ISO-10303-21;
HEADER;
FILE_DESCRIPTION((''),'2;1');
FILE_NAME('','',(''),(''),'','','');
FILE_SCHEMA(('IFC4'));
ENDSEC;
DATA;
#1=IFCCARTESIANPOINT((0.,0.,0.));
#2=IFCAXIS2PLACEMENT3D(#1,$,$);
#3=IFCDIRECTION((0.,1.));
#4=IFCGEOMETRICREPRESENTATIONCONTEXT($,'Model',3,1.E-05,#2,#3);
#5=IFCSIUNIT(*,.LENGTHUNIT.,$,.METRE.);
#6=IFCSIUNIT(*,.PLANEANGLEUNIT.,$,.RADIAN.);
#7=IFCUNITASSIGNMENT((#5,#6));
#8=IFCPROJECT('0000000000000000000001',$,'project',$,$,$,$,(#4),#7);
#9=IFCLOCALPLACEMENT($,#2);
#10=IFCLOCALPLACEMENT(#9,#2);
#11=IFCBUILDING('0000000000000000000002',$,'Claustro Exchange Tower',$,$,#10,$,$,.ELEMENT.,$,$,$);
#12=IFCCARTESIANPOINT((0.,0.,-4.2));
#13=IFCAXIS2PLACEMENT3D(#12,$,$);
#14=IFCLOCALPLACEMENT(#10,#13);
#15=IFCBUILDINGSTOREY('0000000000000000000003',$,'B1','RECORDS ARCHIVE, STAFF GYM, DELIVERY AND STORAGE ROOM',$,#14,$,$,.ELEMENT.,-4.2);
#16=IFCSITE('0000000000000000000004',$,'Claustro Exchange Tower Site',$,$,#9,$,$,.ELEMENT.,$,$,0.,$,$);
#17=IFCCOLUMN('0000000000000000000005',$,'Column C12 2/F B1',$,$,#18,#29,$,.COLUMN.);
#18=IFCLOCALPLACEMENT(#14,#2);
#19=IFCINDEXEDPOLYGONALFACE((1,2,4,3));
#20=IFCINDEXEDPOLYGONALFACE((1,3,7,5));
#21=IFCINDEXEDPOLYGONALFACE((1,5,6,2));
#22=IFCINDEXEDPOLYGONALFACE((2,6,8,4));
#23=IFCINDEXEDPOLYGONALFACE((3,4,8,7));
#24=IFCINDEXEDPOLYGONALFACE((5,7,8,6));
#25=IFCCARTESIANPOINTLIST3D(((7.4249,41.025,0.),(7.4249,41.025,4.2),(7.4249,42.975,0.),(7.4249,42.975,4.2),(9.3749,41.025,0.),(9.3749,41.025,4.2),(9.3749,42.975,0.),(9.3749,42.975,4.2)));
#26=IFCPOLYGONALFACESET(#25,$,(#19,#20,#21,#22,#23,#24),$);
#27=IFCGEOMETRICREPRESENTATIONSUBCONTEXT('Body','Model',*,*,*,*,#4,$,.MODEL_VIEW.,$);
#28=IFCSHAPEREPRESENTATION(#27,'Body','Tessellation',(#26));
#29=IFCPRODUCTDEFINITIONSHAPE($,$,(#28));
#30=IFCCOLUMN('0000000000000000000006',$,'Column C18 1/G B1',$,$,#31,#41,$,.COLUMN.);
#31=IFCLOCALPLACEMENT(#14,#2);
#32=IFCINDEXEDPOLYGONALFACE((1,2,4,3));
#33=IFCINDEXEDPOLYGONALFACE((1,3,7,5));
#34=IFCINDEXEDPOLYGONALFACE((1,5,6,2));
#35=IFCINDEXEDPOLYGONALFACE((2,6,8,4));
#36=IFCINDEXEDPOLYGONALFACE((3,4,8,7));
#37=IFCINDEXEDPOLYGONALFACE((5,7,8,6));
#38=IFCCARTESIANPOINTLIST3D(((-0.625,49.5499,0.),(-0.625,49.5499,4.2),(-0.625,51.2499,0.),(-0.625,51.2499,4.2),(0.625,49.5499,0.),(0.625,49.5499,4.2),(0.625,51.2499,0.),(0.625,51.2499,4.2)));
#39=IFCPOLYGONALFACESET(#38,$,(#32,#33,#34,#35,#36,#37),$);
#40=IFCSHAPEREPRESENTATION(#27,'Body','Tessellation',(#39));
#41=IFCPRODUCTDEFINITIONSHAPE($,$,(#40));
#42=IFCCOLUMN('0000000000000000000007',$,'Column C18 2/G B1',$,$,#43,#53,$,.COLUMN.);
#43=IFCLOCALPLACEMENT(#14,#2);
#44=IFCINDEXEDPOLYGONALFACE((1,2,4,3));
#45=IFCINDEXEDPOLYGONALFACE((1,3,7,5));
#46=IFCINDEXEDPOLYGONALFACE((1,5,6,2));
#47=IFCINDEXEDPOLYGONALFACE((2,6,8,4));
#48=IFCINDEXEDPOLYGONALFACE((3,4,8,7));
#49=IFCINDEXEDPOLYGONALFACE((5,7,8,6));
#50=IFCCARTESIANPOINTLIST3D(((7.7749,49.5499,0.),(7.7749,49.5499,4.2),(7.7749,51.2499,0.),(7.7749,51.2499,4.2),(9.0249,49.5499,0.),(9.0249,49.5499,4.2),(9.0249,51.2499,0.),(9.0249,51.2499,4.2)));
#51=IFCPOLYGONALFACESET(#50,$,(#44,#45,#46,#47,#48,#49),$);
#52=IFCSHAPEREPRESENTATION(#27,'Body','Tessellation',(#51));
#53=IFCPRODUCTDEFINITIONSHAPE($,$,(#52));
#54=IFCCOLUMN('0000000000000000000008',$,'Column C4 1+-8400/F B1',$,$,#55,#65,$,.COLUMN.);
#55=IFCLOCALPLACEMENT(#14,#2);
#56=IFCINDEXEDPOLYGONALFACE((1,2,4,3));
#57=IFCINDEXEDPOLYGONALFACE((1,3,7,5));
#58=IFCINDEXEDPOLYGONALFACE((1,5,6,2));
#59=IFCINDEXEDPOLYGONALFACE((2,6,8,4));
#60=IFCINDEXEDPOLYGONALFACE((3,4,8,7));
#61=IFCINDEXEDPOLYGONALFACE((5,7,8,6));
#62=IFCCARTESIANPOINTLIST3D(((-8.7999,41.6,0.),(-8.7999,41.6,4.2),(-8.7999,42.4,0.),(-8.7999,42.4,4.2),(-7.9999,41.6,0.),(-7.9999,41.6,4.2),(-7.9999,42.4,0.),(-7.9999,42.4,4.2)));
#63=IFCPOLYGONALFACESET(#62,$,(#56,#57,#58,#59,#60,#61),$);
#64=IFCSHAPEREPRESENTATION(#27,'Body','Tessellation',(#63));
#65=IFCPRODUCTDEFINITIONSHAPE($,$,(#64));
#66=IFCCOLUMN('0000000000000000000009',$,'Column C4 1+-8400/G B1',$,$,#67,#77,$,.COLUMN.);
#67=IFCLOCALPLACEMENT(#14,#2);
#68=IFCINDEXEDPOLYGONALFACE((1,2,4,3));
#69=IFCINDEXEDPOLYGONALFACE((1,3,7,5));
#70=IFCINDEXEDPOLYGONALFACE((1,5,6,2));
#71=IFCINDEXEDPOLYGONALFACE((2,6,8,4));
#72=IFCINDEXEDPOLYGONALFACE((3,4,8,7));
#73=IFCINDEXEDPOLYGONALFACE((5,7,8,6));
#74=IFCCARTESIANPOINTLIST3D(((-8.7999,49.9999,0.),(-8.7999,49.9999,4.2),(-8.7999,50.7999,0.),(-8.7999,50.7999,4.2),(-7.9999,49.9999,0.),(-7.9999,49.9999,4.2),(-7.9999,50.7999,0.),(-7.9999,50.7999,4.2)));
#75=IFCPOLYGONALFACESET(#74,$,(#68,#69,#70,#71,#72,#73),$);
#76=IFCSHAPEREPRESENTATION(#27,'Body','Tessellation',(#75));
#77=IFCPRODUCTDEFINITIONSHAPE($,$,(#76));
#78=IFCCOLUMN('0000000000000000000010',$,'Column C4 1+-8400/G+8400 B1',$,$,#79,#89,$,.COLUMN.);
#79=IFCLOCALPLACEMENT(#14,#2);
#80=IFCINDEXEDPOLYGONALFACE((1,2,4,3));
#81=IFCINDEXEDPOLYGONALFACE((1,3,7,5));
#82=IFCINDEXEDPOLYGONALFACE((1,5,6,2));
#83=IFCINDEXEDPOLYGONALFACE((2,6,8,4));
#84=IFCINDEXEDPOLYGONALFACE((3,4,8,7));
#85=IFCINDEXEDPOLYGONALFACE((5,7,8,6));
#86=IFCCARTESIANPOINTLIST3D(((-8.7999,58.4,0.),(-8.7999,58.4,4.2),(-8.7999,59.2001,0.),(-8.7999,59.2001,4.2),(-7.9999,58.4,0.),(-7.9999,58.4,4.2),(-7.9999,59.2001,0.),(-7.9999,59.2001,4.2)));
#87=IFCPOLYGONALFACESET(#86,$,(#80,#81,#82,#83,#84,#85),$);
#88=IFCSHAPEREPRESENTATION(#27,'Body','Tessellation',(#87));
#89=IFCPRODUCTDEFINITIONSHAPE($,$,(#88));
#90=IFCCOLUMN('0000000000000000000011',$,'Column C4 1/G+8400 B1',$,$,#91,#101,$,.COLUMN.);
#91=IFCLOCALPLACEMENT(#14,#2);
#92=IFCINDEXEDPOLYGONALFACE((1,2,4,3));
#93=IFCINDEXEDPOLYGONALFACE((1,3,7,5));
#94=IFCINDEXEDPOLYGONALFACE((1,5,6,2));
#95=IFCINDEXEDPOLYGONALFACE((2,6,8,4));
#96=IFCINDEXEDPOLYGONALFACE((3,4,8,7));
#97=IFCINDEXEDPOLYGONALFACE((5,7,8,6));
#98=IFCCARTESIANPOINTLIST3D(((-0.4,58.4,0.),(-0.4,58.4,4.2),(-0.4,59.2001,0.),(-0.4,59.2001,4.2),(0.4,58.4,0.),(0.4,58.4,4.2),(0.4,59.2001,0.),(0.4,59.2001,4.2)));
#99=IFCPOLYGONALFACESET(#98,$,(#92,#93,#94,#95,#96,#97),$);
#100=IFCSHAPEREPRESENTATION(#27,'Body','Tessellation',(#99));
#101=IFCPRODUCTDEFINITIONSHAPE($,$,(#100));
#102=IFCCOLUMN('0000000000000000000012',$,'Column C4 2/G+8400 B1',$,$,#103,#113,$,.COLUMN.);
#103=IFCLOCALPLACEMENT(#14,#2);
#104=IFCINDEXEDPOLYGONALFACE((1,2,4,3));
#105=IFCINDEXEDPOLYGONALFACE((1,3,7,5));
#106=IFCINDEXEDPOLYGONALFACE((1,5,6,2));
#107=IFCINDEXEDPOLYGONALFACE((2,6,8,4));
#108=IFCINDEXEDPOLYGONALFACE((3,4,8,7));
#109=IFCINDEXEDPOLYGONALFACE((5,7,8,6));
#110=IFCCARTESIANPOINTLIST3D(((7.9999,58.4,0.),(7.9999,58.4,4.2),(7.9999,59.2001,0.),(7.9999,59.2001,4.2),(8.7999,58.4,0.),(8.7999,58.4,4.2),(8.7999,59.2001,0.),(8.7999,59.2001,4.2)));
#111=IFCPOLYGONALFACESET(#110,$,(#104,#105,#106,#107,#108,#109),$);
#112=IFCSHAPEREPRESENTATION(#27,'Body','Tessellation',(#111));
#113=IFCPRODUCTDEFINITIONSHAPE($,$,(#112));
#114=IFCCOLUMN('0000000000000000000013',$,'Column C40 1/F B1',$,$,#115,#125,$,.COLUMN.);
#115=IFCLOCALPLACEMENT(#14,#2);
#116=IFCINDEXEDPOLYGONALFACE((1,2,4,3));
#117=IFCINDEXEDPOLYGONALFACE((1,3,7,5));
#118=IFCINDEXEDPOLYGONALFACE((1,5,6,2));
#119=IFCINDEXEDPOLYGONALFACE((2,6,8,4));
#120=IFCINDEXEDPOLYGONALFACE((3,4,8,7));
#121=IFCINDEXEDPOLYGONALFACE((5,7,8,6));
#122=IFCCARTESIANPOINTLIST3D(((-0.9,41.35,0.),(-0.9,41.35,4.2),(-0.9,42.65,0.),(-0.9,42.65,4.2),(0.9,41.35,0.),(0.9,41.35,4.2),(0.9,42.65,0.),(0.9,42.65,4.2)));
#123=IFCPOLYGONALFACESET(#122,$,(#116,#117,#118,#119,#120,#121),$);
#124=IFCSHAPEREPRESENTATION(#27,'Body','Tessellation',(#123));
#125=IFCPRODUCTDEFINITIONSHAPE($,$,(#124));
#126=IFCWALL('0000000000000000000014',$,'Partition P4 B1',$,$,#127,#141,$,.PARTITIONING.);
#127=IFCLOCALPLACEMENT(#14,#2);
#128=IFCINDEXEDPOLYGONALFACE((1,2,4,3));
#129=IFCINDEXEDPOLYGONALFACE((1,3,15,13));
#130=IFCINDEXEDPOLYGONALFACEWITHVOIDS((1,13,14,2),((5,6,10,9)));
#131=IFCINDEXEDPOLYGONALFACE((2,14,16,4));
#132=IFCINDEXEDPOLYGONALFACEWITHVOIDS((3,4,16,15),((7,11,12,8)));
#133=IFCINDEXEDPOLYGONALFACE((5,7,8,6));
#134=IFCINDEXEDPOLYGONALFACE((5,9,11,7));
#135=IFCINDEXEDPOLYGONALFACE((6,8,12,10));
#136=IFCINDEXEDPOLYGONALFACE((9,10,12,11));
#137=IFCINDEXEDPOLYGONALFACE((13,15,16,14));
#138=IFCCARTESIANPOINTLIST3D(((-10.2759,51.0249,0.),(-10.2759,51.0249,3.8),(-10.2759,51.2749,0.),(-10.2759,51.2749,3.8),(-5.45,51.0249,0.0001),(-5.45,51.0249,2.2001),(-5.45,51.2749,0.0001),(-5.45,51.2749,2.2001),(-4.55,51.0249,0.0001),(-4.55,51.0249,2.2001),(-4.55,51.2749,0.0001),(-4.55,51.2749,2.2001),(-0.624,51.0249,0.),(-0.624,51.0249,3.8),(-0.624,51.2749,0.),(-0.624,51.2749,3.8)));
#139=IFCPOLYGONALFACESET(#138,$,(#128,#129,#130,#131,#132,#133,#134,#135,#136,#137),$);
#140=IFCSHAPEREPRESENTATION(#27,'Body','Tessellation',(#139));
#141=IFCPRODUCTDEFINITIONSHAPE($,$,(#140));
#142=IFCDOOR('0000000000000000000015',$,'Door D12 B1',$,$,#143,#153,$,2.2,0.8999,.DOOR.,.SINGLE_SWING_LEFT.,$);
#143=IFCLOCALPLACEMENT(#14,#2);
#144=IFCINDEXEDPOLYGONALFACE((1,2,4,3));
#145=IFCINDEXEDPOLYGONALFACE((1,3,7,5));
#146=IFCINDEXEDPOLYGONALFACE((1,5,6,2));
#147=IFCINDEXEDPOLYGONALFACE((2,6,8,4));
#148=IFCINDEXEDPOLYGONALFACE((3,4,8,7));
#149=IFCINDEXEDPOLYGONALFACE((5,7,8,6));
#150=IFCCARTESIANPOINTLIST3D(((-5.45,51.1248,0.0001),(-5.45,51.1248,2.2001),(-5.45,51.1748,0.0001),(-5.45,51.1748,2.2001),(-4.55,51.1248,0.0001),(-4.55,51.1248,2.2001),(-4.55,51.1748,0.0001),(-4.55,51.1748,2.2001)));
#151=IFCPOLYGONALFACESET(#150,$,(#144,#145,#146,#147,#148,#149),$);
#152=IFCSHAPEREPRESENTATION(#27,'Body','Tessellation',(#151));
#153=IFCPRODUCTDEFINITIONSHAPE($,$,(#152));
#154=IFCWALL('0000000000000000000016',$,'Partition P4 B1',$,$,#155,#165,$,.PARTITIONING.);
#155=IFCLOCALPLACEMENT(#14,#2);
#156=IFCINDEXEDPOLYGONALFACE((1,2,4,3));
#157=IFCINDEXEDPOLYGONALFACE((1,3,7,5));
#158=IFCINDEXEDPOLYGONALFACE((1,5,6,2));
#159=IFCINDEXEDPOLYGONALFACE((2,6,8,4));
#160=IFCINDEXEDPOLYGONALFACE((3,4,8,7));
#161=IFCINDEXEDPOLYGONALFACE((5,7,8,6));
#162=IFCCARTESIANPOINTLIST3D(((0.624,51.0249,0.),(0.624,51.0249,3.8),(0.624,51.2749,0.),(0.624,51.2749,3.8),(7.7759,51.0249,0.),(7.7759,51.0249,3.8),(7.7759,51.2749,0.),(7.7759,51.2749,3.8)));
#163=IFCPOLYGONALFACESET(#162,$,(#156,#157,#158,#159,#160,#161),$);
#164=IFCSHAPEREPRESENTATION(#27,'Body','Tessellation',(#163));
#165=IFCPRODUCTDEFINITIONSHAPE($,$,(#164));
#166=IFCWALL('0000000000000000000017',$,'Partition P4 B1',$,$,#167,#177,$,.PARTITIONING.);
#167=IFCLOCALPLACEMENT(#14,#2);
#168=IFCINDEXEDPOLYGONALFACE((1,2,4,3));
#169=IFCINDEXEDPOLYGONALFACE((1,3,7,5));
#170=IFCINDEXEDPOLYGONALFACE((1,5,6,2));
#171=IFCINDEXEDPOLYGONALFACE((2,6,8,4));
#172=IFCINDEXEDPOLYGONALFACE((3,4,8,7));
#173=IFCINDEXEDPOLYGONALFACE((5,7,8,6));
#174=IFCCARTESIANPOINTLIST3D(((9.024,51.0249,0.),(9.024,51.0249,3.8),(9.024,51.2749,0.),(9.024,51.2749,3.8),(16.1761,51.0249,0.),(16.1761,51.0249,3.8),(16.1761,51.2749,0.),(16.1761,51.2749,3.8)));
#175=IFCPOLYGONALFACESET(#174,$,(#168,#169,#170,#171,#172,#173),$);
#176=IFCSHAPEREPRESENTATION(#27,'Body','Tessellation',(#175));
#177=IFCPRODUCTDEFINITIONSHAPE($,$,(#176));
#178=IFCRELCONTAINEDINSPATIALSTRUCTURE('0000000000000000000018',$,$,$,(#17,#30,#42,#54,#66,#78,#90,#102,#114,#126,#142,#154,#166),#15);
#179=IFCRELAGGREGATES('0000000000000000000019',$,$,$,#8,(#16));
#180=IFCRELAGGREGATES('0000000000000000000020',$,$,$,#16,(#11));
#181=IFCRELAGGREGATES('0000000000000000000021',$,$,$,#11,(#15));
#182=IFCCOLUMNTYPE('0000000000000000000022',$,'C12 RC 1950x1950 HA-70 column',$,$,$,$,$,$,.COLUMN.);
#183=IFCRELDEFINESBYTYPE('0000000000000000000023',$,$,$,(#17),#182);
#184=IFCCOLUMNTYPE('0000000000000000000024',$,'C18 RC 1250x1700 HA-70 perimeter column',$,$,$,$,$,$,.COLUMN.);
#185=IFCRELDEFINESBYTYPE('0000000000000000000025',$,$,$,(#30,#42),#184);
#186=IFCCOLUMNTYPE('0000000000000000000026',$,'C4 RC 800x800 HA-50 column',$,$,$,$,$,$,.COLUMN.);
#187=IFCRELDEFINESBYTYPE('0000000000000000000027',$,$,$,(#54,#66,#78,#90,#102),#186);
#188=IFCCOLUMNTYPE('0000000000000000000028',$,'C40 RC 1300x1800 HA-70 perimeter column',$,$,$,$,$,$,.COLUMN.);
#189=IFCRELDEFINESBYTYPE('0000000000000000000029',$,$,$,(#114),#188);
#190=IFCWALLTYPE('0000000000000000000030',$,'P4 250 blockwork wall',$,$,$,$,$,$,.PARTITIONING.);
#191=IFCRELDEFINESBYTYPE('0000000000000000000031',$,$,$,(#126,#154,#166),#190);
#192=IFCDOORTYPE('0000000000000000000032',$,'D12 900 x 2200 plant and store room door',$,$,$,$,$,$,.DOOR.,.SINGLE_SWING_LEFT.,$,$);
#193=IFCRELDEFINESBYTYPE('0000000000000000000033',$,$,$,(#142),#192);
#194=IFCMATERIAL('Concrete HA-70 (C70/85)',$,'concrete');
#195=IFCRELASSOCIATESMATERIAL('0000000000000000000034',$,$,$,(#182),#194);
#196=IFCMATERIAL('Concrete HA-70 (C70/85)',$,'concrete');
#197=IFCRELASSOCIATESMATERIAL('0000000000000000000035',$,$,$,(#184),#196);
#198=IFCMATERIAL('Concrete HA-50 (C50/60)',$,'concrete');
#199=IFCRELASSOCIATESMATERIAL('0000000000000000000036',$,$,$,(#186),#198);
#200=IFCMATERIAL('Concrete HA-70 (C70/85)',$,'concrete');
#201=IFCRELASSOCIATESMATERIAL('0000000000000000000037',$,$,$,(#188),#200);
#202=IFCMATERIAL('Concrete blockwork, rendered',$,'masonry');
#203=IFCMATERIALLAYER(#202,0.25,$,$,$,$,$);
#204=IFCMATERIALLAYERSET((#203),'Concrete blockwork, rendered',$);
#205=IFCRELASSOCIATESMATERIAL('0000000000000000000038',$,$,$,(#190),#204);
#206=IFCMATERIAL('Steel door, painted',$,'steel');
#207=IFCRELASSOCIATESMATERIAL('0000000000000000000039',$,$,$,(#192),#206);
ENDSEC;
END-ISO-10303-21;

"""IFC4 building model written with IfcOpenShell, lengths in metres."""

from ifc_helpers import new_model, si_unit, direction, frame, frame_2d, origin, origin_2d, place, context, subcontext, project, spatial, rectangle, extrude, material, layer, layer_set, material_profile, profile_set, type_object, element, fill, save


model = new_model("IFC4")

# Units and contexts
model_context = context("Model", 3, precision=1e-05, world=origin(), true_north=direction((0.0, 1.0)))
body_context = subcontext(model_context, "Body", "Model", "MODEL_VIEW")
ifc_project = project(units=[si_unit("LENGTHUNIT", "METRE"), si_unit("PLANEANGLEUNIT", "RADIAN")], contexts=[model_context])

# Site, building, storey
site_placement = place(None, origin())
site = spatial("IfcSite", under=ifc_project, at=site_placement, Name="Claustro Exchange Tower Site", CompositionType="ELEMENT", RefElevation=0.0)
building_placement = place(site_placement, origin())
building = spatial("IfcBuilding", under=site, at=building_placement, Name="Claustro Exchange Tower", CompositionType="ELEMENT")
storey_placement = place(building_placement, frame((0.0, 0.0, -4.2)))
storey = spatial("IfcBuildingStorey", under=building, at=storey_placement, Name="B1", Description="RECORDS ARCHIVE, STAFF GYM, DELIVERY AND STORAGE ROOM", CompositionType="ELEMENT", Elevation=-4.2)

# Columns
ifc_material_1 = material(Name="Concrete HA-70 (C70/85)", Category="concrete")
ifc_material_profile_1 = material_profile(ifc_material_1, rectangle(XDim=1.95, YDim=1.95, at=origin_2d()), Name="RC 1950x1950")
ifc_profile_set_1 = profile_set([ifc_material_profile_1], Name="Concrete HA-70 (C70/85)")
column_type_1 = type_object("IfcColumnType", Name="C12 RC 1950x1950 HA-70 column", PredefinedType="COLUMN", material=ifc_profile_set_1)
column_1_placement = place(storey_placement, frame((8.3999, 42.0, 0.0), z_axis=(0.0, 0.0, 1.0), x_axis=(1.0, 0.0, 0.0)))
element("IfcColumn", 1, at=column_1_placement, inside=storey, type_object=column_type_1, Name="Column C12 2/F B1", PredefinedType="COLUMN", context=body_context, shape_type="SweptSolid", body=[
    extrude(rectangle(XDim=1.95, YDim=1.95, at=origin_2d()), origin(), (0.0, 0.0, 1.0), 4.2),
])
ifc_material_2 = material(Name="Concrete HA-70 (C70/85)", Category="concrete")
ifc_material_profile_2 = material_profile(ifc_material_2, rectangle(XDim=1.25, YDim=1.7, at=origin_2d()), Name="RC 1250x1700")
ifc_profile_set_2 = profile_set([ifc_material_profile_2], Name="Concrete HA-70 (C70/85)")
column_type_2 = type_object("IfcColumnType", Name="C18 RC 1250x1700 HA-70 perimeter column", PredefinedType="COLUMN", material=ifc_profile_set_2)
for number, where, z_axis, x_axis, name in (
    (2, (0.0, 50.3999, 0.0), (0.0, 0.0, 1.0), (1.0, 0.0, 0.0), "Column C18 1/G B1"),
    (3, (8.3999, 50.3999, 0.0), (0.0, 0.0, 1.0), (1.0, 0.0, 0.0), "Column C18 2/G B1"),
):
    element("IfcColumn", number, at=place(storey_placement, frame(where, z_axis=z_axis, x_axis=x_axis)), inside=storey, type_object=column_type_2, Name=name, PredefinedType="COLUMN", context=body_context, shape_type="SweptSolid", body=[
        extrude(rectangle(XDim=1.25, YDim=1.7, at=origin_2d()), origin(), (0.0, 0.0, 1.0), 4.2),
    ])
ifc_material_3 = material(Name="Concrete HA-50 (C50/60)", Category="concrete")
ifc_material_profile_3 = material_profile(ifc_material_3, rectangle(XDim=0.8, YDim=0.8, at=origin_2d()), Name="RC 800x800")
ifc_profile_set_3 = profile_set([ifc_material_profile_3], Name="Concrete HA-50 (C50/60)")
column_type_3 = type_object("IfcColumnType", Name="C4 RC 800x800 HA-50 column", PredefinedType="COLUMN", material=ifc_profile_set_3)
for number, where, z_axis, x_axis, name in (
    (4, (-8.3999, 42.0, 0.0), (0.0, 0.0, 1.0), (1.0, 0.0, 0.0), "Column C4 1+-8400/F B1"),
    (5, (-8.3999, 50.3999, 0.0), (0.0, 0.0, 1.0), (1.0, 0.0, 0.0), "Column C4 1+-8400/G B1"),
    (6, (-8.3999, 58.8, 0.0), (0.0, 0.0, 1.0), (1.0, 0.0, 0.0), "Column C4 1+-8400/G+8400 B1"),
    (7, (0.0, 58.8, 0.0), (0.0, 0.0, 1.0), (1.0, 0.0, 0.0), "Column C4 1/G+8400 B1"),
    (8, (8.3999, 58.8, 0.0), (0.0, 0.0, 1.0), (1.0, 0.0, 0.0), "Column C4 2/G+8400 B1"),
):
    element("IfcColumn", number, at=place(storey_placement, frame(where, z_axis=z_axis, x_axis=x_axis)), inside=storey, type_object=column_type_3, Name=name, PredefinedType="COLUMN", context=body_context, shape_type="SweptSolid", body=[
        extrude(rectangle(XDim=0.8, YDim=0.8, at=origin_2d()), origin(), (0.0, 0.0, 1.0), 4.2),
    ])
ifc_material_4 = material(Name="Concrete HA-70 (C70/85)", Category="concrete")
ifc_material_profile_4 = material_profile(ifc_material_4, rectangle(XDim=1.3, YDim=1.8, at=origin_2d()), Name="RC 1300x1800")
ifc_profile_set_4 = profile_set([ifc_material_profile_4], Name="Concrete HA-70 (C70/85)")
column_type_4 = type_object("IfcColumnType", Name="C40 RC 1300x1800 HA-70 perimeter column", PredefinedType="COLUMN", material=ifc_profile_set_4)
column_2_placement = place(storey_placement, frame((0.0, 42.0, 0.0), z_axis=(0.0, 0.0, 1.0), x_axis=(0.0, 1.0, 0.0)))
element("IfcColumn", 9, at=column_2_placement, inside=storey, type_object=column_type_4, Name="Column C40 1/F B1", PredefinedType="COLUMN", context=body_context, shape_type="SweptSolid", body=[
    extrude(rectangle(XDim=1.3, YDim=1.8, at=origin_2d()), origin(), (0.0, 0.0, 1.0), 4.2),
])

# Wall, opening, door
ifc_material_5 = material(Name="Concrete blockwork, rendered", Category="masonry")
ifc_layer_1 = layer(ifc_material_5, 0.25)
ifc_layer_set_1 = layer_set([ifc_layer_1], Name="Concrete blockwork, rendered")
wall_type_1 = type_object("IfcWallType", Name="P4 250 blockwork wall", PredefinedType="PARTITIONING", material=ifc_layer_set_1)
wall_1_placement = place(storey_placement, frame((-10.2759, 51.1499, 0.0), z_axis=(0.0, 0.0, 1.0), x_axis=(1.0, 0.0, 0.0)))
wall_1 = element("IfcWall", 10, at=wall_1_placement, inside=storey, type_object=wall_type_1, Name="Partition P4 B1", PredefinedType="PARTITIONING", context=body_context, shape_type="SweptSolid", body=[
    extrude(rectangle(XDim=9.6519, YDim=0.25, at=frame_2d((4.8259, 0.0))), origin(), (0.0, 0.0, 1.0), 3.8),
])
opening_1_placement = place(wall_1_placement, frame((4.8259, 0.0, 0.0)))
opening_1 = element("IfcOpeningElement", 11, at=opening_1_placement, cuts=wall_1, PredefinedType="OPENING", context=body_context, shape_type="SweptSolid", body=[
    extrude(rectangle(XDim=0.8999, YDim=2.2, at=frame_2d((0.45, 1.1001))), frame((0.0, 0.135, 0.0), z_axis=(0.0, -1.0, 0.0), x_axis=(1.0, 0.0, 0.0)), (0.0, 0.0, 1.0), 0.27),
])
ifc_material_6 = material(Name="Steel door, painted", Category="steel")
door_type_1 = type_object("IfcDoorType", Name="D12 900 x 2200 plant and store room door", OperationType="SINGLE_SWING_LEFT", PredefinedType="DOOR", material=ifc_material_6)
door_1_placement = place(opening_1_placement, origin())
door_1 = element("IfcDoor", 12, at=door_1_placement, inside=storey, type_object=door_type_1, Name="Door D12 B1", OperationType="SINGLE_SWING_LEFT", OverallHeight=2.2, OverallWidth=0.8999, PredefinedType="DOOR", context=body_context, shape_type="SweptSolid", body=[
    extrude(rectangle(XDim=0.8999, YDim=2.2, at=frame_2d((0.45, 1.1001))), frame((0.0, 0.0249, 0.0), z_axis=(0.0, -1.0, 0.0), x_axis=(1.0, 0.0, 0.0)), (0.0, 0.0, 1.0), 0.05),
])
fill(opening_1, door_1)

# Walls
wall_2_placement = place(storey_placement, frame((0.624, 51.1499, 0.0), z_axis=(0.0, 0.0, 1.0), x_axis=(1.0, 0.0, 0.0)))
element("IfcWall", 13, at=wall_2_placement, inside=storey, type_object=wall_type_1, Name="Partition P4 B1", PredefinedType="PARTITIONING", context=body_context, shape_type="SweptSolid", body=[
    extrude(rectangle(XDim=7.1519, YDim=0.25, at=frame_2d((3.5759, 0.0))), origin(), (0.0, 0.0, 1.0), 3.8),
])
wall_3_placement = place(storey_placement, frame((9.0239, 51.1499, 0.0), z_axis=(0.0, 0.0, 1.0), x_axis=(1.0, 0.0, 0.0)))
element("IfcWall", 14, at=wall_3_placement, inside=storey, type_object=wall_type_1, Name="Partition P4 B1", PredefinedType="PARTITIONING", context=body_context, shape_type="SweptSolid", body=[
    extrude(rectangle(XDim=7.1521, YDim=0.25, at=frame_2d((3.5762, 0.0))), origin(), (0.0, 0.0, 1.0), 3.8),
])

save(model, "model.ifc")
